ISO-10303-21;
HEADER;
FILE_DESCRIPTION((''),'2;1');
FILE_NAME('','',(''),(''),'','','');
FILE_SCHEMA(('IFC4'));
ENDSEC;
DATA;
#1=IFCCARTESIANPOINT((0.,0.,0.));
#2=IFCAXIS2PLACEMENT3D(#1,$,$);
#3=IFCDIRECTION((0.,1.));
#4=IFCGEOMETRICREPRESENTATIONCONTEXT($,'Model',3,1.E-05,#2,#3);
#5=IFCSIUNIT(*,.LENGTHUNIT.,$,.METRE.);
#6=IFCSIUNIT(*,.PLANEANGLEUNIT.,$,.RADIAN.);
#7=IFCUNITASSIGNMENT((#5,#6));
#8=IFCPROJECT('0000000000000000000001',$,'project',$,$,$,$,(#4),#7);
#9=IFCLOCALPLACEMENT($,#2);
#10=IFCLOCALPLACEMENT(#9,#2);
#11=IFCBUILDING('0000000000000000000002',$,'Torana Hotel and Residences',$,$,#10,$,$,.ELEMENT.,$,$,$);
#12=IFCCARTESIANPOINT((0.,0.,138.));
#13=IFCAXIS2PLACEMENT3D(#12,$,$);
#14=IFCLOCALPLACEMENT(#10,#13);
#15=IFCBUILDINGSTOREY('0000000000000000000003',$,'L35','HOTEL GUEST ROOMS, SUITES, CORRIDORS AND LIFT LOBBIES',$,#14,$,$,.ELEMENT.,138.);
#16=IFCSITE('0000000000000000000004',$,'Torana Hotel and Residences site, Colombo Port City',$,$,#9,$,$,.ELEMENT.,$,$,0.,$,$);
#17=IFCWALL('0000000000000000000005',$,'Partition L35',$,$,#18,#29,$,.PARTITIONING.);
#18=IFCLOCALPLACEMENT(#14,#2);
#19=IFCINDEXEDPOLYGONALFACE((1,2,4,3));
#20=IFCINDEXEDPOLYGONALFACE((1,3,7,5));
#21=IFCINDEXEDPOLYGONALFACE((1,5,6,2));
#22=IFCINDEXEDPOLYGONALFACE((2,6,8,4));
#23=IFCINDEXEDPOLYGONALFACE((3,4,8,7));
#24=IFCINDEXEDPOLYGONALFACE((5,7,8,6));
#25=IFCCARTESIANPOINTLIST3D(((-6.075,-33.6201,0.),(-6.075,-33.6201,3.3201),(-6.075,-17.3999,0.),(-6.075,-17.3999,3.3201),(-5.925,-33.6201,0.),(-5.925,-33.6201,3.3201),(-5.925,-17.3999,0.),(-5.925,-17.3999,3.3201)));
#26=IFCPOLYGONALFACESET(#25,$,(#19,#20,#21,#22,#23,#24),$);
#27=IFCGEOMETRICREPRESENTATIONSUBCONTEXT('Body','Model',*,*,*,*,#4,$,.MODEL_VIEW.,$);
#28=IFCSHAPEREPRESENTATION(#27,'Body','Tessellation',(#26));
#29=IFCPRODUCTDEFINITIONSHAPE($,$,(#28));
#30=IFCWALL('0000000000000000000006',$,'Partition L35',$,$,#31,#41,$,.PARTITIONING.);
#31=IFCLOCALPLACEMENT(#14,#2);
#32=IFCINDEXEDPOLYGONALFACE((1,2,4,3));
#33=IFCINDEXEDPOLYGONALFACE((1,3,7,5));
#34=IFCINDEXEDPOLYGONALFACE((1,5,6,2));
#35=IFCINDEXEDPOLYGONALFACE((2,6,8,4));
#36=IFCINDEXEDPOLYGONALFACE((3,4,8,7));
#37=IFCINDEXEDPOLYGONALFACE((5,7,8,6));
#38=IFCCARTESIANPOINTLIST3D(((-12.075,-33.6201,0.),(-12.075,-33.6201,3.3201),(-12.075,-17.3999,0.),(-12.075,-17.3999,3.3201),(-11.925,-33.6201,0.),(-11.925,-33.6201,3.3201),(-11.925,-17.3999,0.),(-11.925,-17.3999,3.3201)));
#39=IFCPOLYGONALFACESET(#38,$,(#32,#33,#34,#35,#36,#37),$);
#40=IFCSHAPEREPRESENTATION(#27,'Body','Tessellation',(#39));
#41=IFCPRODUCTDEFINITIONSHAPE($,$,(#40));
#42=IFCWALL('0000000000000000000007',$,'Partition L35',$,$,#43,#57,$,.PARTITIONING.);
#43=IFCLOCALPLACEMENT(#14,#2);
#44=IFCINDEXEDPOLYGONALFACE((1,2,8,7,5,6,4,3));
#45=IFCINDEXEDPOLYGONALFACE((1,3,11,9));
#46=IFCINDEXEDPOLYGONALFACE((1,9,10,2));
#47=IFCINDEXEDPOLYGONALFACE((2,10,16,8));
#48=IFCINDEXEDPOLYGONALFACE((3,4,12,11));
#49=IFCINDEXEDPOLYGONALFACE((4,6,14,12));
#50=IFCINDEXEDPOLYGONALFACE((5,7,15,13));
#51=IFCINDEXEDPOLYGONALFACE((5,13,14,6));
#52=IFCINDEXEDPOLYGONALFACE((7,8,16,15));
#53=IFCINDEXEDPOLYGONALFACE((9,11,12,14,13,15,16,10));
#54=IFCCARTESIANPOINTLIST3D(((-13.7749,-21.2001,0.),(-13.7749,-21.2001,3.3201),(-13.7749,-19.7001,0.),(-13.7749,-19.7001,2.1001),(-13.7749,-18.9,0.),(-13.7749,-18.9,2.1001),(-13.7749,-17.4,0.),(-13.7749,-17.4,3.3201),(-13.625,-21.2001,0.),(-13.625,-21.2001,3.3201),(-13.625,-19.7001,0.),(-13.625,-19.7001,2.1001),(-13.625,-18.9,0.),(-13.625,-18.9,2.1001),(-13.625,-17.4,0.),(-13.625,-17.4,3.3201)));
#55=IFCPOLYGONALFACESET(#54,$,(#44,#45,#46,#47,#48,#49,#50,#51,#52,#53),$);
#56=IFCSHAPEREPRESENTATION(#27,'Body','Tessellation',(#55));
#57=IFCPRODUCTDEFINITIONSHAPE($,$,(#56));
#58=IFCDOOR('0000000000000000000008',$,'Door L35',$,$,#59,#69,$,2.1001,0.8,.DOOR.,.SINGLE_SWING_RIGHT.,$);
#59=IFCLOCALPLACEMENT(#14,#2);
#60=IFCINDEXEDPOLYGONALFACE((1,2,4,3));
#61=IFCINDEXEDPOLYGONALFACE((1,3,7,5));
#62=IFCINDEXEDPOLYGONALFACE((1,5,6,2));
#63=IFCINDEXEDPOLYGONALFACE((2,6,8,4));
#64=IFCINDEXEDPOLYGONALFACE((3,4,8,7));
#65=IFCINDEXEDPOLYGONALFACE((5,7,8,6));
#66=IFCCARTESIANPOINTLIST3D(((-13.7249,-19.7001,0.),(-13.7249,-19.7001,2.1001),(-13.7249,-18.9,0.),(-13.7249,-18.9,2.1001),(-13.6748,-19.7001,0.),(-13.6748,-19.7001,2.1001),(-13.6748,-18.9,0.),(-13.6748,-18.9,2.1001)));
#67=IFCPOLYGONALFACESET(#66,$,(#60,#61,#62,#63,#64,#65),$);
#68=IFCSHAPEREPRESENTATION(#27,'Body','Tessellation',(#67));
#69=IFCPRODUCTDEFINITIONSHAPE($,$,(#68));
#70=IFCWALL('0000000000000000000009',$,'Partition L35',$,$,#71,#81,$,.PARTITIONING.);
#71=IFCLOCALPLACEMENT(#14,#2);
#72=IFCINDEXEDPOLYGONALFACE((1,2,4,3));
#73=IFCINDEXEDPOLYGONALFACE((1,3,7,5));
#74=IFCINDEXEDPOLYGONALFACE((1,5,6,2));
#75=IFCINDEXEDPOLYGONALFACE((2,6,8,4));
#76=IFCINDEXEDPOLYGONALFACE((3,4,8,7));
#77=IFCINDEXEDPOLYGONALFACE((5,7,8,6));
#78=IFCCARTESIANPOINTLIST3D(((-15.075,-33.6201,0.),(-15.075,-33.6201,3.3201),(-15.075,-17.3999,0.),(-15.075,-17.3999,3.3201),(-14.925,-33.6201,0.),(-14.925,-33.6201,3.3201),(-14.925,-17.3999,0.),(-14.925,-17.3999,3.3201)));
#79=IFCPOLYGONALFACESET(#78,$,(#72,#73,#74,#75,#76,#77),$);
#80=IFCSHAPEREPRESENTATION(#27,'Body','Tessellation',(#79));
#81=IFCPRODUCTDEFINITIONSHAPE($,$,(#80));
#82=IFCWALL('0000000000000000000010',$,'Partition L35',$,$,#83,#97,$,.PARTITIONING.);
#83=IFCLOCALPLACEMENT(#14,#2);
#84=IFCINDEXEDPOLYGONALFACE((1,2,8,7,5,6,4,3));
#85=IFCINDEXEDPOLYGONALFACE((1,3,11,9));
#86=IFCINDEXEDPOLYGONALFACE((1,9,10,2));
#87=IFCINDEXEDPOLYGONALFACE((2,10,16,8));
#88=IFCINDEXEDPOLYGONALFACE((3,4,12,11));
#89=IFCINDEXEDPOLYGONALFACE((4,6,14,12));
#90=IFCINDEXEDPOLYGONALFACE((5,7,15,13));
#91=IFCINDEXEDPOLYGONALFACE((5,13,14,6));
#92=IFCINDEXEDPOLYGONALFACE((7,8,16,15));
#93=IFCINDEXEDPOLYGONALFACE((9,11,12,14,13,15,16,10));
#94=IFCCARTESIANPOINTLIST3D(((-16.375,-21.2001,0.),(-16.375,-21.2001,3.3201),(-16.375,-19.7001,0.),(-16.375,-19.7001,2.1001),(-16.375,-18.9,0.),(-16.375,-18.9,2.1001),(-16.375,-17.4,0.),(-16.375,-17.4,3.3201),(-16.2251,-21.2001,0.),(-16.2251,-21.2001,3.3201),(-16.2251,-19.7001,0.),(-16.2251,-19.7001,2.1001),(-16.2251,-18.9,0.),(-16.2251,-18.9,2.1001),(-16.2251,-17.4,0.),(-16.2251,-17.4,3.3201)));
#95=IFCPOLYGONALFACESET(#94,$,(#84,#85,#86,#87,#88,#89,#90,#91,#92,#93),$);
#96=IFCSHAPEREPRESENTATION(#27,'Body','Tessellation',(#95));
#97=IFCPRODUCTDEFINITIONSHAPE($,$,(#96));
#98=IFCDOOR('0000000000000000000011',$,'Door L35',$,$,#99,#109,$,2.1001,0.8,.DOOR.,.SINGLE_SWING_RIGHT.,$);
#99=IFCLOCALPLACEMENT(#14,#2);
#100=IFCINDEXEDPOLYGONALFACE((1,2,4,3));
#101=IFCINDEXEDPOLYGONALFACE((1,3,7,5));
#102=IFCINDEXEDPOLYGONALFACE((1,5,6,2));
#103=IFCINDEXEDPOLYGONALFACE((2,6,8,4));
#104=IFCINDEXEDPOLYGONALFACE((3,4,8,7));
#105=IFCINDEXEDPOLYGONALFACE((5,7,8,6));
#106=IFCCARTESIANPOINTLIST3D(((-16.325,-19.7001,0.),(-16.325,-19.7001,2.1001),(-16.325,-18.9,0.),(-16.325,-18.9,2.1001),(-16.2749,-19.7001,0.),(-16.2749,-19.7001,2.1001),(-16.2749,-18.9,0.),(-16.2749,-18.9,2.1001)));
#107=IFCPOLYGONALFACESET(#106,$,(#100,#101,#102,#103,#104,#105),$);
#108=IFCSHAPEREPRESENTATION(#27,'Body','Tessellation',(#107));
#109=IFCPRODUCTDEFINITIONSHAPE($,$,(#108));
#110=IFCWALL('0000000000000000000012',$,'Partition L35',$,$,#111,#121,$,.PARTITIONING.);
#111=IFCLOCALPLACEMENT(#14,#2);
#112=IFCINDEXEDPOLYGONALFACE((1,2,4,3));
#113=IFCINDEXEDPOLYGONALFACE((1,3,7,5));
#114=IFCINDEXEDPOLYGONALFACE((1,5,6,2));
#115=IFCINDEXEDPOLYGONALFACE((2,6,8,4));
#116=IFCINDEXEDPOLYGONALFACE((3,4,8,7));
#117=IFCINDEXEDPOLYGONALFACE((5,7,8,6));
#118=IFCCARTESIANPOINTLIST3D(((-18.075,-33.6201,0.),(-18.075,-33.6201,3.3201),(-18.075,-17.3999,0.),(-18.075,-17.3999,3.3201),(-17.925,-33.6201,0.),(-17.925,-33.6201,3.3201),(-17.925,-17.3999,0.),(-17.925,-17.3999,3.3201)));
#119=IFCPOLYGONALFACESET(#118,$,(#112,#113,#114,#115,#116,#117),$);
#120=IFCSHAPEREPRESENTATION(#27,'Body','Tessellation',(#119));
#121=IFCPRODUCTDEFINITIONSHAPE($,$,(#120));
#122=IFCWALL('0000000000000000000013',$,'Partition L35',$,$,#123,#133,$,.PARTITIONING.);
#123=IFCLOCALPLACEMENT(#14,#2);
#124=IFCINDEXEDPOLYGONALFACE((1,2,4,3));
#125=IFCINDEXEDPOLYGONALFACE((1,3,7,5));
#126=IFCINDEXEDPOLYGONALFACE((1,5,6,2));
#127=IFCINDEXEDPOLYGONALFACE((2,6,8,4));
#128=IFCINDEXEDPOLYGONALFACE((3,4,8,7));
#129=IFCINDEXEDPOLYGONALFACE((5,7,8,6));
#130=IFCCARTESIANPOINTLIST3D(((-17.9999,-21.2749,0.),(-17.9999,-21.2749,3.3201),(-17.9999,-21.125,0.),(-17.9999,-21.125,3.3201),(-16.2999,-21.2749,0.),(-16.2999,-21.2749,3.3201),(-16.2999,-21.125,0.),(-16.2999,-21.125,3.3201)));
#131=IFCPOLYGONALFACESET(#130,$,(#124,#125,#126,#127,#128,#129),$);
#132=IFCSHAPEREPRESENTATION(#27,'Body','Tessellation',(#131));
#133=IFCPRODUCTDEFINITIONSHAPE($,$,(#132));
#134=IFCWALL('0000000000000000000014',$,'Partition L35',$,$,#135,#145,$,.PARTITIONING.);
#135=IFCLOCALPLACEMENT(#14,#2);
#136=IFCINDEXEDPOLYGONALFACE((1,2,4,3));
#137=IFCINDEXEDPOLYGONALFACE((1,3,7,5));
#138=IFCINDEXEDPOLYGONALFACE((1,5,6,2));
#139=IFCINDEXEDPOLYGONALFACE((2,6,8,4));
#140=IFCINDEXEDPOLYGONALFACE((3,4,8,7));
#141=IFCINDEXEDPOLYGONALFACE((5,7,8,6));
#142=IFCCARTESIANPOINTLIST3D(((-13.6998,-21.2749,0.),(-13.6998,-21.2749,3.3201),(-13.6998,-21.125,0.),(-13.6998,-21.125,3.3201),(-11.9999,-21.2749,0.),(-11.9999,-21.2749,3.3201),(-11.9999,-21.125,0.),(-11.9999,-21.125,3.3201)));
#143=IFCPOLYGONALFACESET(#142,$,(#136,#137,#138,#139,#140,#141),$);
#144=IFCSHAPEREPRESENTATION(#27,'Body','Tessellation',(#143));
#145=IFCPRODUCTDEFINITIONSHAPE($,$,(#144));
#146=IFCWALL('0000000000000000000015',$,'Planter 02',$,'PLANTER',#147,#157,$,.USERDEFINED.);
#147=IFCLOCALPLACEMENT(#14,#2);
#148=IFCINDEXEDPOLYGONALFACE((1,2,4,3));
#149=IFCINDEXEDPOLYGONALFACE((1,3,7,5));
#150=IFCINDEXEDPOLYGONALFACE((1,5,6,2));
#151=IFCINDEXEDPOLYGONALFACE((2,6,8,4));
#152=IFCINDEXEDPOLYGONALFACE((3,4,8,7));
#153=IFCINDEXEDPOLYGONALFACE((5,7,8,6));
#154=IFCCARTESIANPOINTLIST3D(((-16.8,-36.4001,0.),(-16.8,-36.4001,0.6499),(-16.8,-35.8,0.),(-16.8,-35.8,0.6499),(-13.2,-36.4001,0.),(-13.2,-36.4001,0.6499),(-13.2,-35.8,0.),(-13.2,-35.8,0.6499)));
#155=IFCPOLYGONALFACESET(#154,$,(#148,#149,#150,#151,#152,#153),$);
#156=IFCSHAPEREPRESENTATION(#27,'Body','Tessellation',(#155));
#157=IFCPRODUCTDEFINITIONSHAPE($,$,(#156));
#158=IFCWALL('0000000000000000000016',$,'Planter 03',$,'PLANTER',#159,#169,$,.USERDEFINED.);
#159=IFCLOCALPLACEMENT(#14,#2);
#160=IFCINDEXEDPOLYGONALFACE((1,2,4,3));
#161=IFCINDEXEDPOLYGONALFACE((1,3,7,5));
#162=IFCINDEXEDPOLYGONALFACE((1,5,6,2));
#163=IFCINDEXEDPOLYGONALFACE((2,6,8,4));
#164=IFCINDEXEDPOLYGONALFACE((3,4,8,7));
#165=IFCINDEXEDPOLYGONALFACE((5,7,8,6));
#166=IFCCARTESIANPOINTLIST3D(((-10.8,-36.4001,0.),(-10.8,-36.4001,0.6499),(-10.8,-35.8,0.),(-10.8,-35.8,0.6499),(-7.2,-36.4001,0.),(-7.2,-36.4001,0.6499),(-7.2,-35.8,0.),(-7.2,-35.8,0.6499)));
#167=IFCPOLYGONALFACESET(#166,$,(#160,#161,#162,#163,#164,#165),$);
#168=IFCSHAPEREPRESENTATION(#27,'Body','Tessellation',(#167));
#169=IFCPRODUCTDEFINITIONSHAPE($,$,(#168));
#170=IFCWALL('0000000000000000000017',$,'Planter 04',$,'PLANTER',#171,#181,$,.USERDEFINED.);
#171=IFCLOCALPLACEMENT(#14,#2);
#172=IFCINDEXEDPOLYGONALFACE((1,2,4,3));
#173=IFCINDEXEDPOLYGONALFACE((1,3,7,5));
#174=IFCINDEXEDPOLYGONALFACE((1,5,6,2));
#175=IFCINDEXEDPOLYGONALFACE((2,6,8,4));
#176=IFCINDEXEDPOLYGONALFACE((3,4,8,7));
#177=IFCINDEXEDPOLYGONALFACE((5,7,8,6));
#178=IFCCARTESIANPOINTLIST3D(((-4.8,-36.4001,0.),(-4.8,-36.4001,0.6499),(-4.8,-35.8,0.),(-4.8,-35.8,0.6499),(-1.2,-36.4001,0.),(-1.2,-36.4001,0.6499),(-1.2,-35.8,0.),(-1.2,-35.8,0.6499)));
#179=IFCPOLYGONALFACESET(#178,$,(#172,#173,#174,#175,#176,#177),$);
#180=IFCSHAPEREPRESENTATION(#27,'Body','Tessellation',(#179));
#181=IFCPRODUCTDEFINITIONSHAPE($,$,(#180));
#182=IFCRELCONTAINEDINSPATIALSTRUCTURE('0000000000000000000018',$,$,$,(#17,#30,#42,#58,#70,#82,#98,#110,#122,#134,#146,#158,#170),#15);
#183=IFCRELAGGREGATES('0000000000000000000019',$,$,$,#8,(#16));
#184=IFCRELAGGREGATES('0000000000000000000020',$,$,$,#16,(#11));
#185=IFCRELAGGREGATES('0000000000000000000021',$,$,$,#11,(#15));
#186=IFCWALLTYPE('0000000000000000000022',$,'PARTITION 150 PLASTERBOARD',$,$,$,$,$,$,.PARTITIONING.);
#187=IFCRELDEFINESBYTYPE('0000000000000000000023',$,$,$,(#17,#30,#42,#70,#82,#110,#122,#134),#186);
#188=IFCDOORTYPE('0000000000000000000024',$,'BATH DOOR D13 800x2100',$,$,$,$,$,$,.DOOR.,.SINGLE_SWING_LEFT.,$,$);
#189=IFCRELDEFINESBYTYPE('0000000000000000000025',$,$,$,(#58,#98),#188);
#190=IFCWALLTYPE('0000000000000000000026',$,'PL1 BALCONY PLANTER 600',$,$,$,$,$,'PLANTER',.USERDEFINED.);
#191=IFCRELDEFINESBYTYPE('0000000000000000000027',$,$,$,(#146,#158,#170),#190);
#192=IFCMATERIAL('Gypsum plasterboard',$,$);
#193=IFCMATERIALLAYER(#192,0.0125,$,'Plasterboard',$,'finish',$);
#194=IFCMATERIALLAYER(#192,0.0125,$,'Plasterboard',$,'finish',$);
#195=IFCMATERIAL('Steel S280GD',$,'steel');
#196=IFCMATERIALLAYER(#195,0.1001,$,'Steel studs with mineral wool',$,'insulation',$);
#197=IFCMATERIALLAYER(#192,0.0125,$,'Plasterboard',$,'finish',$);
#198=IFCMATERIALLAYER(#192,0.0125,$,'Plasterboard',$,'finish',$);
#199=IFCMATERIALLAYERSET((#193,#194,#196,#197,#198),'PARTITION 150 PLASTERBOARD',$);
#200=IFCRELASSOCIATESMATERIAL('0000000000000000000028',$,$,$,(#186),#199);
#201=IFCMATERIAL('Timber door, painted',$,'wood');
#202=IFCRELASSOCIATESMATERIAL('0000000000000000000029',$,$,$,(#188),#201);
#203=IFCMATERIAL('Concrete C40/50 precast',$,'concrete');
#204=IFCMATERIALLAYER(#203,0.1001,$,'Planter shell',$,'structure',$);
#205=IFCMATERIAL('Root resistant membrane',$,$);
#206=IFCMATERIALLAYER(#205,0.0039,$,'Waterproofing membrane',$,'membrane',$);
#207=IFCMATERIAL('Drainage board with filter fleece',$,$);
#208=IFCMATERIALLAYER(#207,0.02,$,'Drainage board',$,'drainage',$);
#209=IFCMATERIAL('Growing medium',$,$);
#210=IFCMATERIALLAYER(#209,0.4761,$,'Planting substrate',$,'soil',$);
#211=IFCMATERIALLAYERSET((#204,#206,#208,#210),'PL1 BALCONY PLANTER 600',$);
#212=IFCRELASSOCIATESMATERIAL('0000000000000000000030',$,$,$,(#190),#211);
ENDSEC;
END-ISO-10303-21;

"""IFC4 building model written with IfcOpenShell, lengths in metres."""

from ifc_helpers import new_model, si_unit, direction, frame, frame_2d, origin, place, context, subcontext, project, spatial, rectangle, extrude, material, layer, layer_set, type_object, element, fill, save


model = new_model("IFC4")

# Units and contexts
model_context = context("Model", 3, precision=1e-05, world=origin(), true_north=direction((0.0, 1.0)))
body_context = subcontext(model_context, "Body", "Model", "MODEL_VIEW")
ifc_project = project(units=[si_unit("LENGTHUNIT", "METRE"), si_unit("PLANEANGLEUNIT", "RADIAN")], contexts=[model_context])

# Site, building, storey
site_placement = place(None, origin())
site = spatial("IfcSite", under=ifc_project, at=site_placement, Name="Torana Hotel and Residences site, Colombo Port City", CompositionType="ELEMENT", RefElevation=0.0)
building_placement = place(site_placement, origin())
building = spatial("IfcBuilding", under=site, at=building_placement, Name="Torana Hotel and Residences", CompositionType="ELEMENT")
storey_placement = place(building_placement, frame((0.0, 0.0, 138.0)))
storey = spatial("IfcBuildingStorey", under=building, at=storey_placement, Name="L35", Description="HOTEL GUEST ROOMS, SUITES, CORRIDORS AND LIFT LOBBIES", CompositionType="ELEMENT", Elevation=138.0)

# Walls
ifc_material_1 = material(Name="Gypsum plasterboard")
ifc_layer_1 = layer(ifc_material_1, 0.0125, Name="Plasterboard", Category="finish")
ifc_layer_2 = layer(ifc_material_1, 0.0125, Name="Plasterboard", Category="finish")
ifc_material_2 = material(Name="Steel S280GD", Category="steel")
ifc_layer_3 = layer(ifc_material_2, 0.1001, Name="Steel studs with mineral wool", Category="insulation")
ifc_layer_4 = layer(ifc_material_1, 0.0125, Name="Plasterboard", Category="finish")
ifc_layer_5 = layer(ifc_material_1, 0.0125, Name="Plasterboard", Category="finish")
ifc_layer_set_1 = layer_set([ifc_layer_1, ifc_layer_2, ifc_layer_3, ifc_layer_4, ifc_layer_5], Name="PARTITION 150 PLASTERBOARD")
wall_type_1 = type_object("IfcWallType", Name="PARTITION 150 PLASTERBOARD", PredefinedType="PARTITIONING", material=ifc_layer_set_1)
for number, where, z_axis, x_axis, name in (
    (1, (-6.0, -33.6201, 0.0), (0.0, 0.0, 1.0), (0.0, 1.0, 0.0), "Partition L35"),
    (2, (-12.0, -33.6201, 0.0), (0.0, 0.0, 1.0), (0.0, 1.0, 0.0), "Partition L35"),
):
    element("IfcWall", number, at=place(storey_placement, frame(where, z_axis=z_axis, x_axis=x_axis)), inside=storey, type_object=wall_type_1, Name=name, PredefinedType="PARTITIONING", context=body_context, shape_type="SweptSolid", body=[
        extrude(rectangle(XDim=16.2202, YDim=0.1499, at=frame_2d((8.1101, 0.0))), origin(), (0.0, 0.0, 1.0), 3.3201),
    ])

# Wall, opening, door
wall_1_placement = place(storey_placement, frame((-13.7, -21.2, 0.0), z_axis=(0.0, 0.0, 1.0), x_axis=(0.0, 1.0, 0.0)))
wall_1 = element("IfcWall", 3, at=wall_1_placement, inside=storey, type_object=wall_type_1, Name="Partition L35", PredefinedType="PARTITIONING", context=body_context, shape_type="SweptSolid", body=[
    extrude(rectangle(XDim=3.8, YDim=0.1499, at=frame_2d((1.8999, 0.0))), origin(), (0.0, 0.0, 1.0), 3.3201),
])
opening_1_placement = place(wall_1_placement, frame((1.5, 0.0, 0.0)))
opening_1 = element("IfcOpeningElement", 4, at=opening_1_placement, cuts=wall_1, PredefinedType="OPENING", context=body_context, shape_type="SweptSolid", body=[
    extrude(rectangle(XDim=0.8, YDim=2.1001, at=frame_2d((0.3999, 1.05))), frame((0.0, 0.085, 0.0), z_axis=(0.0, -1.0, 0.0), x_axis=(1.0, 0.0, 0.0)), (0.0, 0.0, 1.0), 0.1699),
])
ifc_material_3 = material(Name="Timber door, painted", Category="wood")
door_type_1 = type_object("IfcDoorType", Name="BATH DOOR D13 800x2100", OperationType="SINGLE_SWING_LEFT", PredefinedType="DOOR", material=ifc_material_3)
door_1_placement = place(opening_1_placement, origin())
door_1 = element("IfcDoor", 5, at=door_1_placement, inside=storey, type_object=door_type_1, Name="Door L35", OperationType="SINGLE_SWING_RIGHT", OverallHeight=2.1001, OverallWidth=0.8, PredefinedType="DOOR", context=body_context, shape_type="SweptSolid", body=[
    extrude(rectangle(XDim=0.8, YDim=2.1001, at=frame_2d((0.3999, 1.05))), frame((0.0, 0.0249, 0.0), z_axis=(0.0, -1.0, 0.0), x_axis=(1.0, 0.0, 0.0)), (0.0, 0.0, 1.0), 0.05),
])
fill(opening_1, door_1)

# Wall
wall_2_placement = place(storey_placement, frame((-15.0, -33.6201, 0.0), z_axis=(0.0, 0.0, 1.0), x_axis=(0.0, 1.0, 0.0)))
element("IfcWall", 6, at=wall_2_placement, inside=storey, type_object=wall_type_1, Name="Partition L35", PredefinedType="PARTITIONING", context=body_context, shape_type="SweptSolid", body=[
    extrude(rectangle(XDim=16.2202, YDim=0.1499, at=frame_2d((8.1101, 0.0))), origin(), (0.0, 0.0, 1.0), 3.3201),
])

# Wall, opening, door
wall_3_placement = place(storey_placement, frame((-16.3, -21.2, 0.0), z_axis=(0.0, 0.0, 1.0), x_axis=(0.0, 1.0, 0.0)))
wall_3 = element("IfcWall", 7, at=wall_3_placement, inside=storey, type_object=wall_type_1, Name="Partition L35", PredefinedType="PARTITIONING", context=body_context, shape_type="SweptSolid", body=[
    extrude(rectangle(XDim=3.8, YDim=0.1499, at=frame_2d((1.8999, 0.0))), origin(), (0.0, 0.0, 1.0), 3.3201),
])
opening_2_placement = place(wall_3_placement, frame((1.5, 0.0, 0.0)))
opening_2 = element("IfcOpeningElement", 8, at=opening_2_placement, cuts=wall_3, PredefinedType="OPENING", context=body_context, shape_type="SweptSolid", body=[
    extrude(rectangle(XDim=0.8, YDim=2.1001, at=frame_2d((0.3999, 1.05))), frame((0.0, 0.085, 0.0), z_axis=(0.0, -1.0, 0.0), x_axis=(1.0, 0.0, 0.0)), (0.0, 0.0, 1.0), 0.1699),
])
door_2_placement = place(opening_2_placement, origin())
door_2 = element("IfcDoor", 9, at=door_2_placement, inside=storey, type_object=door_type_1, Name="Door L35", OperationType="SINGLE_SWING_RIGHT", OverallHeight=2.1001, OverallWidth=0.8, PredefinedType="DOOR", context=body_context, shape_type="SweptSolid", body=[
    extrude(rectangle(XDim=0.8, YDim=2.1001, at=frame_2d((0.3999, 1.05))), frame((0.0, 0.0249, 0.0), z_axis=(0.0, -1.0, 0.0), x_axis=(1.0, 0.0, 0.0)), (0.0, 0.0, 1.0), 0.05),
])
fill(opening_2, door_2)

# Walls
wall_4_placement = place(storey_placement, frame((-18.0, -33.6201, 0.0), z_axis=(0.0, 0.0, 1.0), x_axis=(0.0, 1.0, 0.0)))
element("IfcWall", 10, at=wall_4_placement, inside=storey, type_object=wall_type_1, Name="Partition L35", PredefinedType="PARTITIONING", context=body_context, shape_type="SweptSolid", body=[
    extrude(rectangle(XDim=16.2202, YDim=0.1499, at=frame_2d((8.1101, 0.0))), origin(), (0.0, 0.0, 1.0), 3.3201),
])
for number, where, z_axis, x_axis, name in (
    (11, (-18.0, -21.2, 0.0), (0.0, 0.0, 1.0), (1.0, 0.0, 0.0), "Partition L35"),
    (12, (-13.7, -21.2, 0.0), (0.0, 0.0, 1.0), (1.0, 0.0, 0.0), "Partition L35"),
):
    element("IfcWall", number, at=place(storey_placement, frame(where, z_axis=z_axis, x_axis=x_axis)), inside=storey, type_object=wall_type_1, Name=name, PredefinedType="PARTITIONING", context=body_context, shape_type="SweptSolid", body=[
        extrude(rectangle(XDim=1.7, YDim=0.1499, at=frame_2d((0.8501, 0.0))), origin(), (0.0, 0.0, 1.0), 3.3201),
    ])
ifc_material_4 = material(Name="Concrete C40/50 precast", Category="concrete")
ifc_layer_6 = layer(ifc_material_4, 0.1001, Name="Planter shell", Category="structure")
ifc_material_5 = material(Name="Root resistant membrane")
ifc_layer_7 = layer(ifc_material_5, 0.0039, Name="Waterproofing membrane", Category="membrane")
ifc_material_6 = material(Name="Drainage board with filter fleece")
ifc_layer_8 = layer(ifc_material_6, 0.02, Name="Drainage board", Category="drainage")
ifc_material_7 = material(Name="Growing medium")
ifc_layer_9 = layer(ifc_material_7, 0.4761, Name="Planting substrate", Category="soil")
ifc_layer_set_2 = layer_set([ifc_layer_6, ifc_layer_7, ifc_layer_8, ifc_layer_9], Name="PL1 BALCONY PLANTER 600")
wall_type_2 = type_object("IfcWallType", Name="PL1 BALCONY PLANTER 600", ElementType="PLANTER", PredefinedType="USERDEFINED", material=ifc_layer_set_2)
for number, where, z_axis, x_axis, name in (
    (13, (-13.2, -36.1001, 0.0), (0.0, 0.0, 1.0), (-1.0, 0.0, 0.0), "Planter 02"),
    (14, (-7.2, -36.1001, 0.0), (0.0, 0.0, 1.0), (-1.0, 0.0, 0.0), "Planter 03"),
    (15, (-1.2, -36.1001, 0.0), (0.0, 0.0, 1.0), (-1.0, 0.0, 0.0), "Planter 04"),
):
    element("IfcWall", number, at=place(storey_placement, frame(where, z_axis=z_axis, x_axis=x_axis)), inside=storey, type_object=wall_type_2, Name=name, ObjectType="PLANTER", PredefinedType="USERDEFINED", context=body_context, shape_type="SweptSolid", body=[
        extrude(rectangle(XDim=3.6001, YDim=0.6001, at=frame_2d((1.8, 0.0))), origin(), (0.0, 0.0, 1.0), 0.6499),
    ])

save(model, "model.ifc")
